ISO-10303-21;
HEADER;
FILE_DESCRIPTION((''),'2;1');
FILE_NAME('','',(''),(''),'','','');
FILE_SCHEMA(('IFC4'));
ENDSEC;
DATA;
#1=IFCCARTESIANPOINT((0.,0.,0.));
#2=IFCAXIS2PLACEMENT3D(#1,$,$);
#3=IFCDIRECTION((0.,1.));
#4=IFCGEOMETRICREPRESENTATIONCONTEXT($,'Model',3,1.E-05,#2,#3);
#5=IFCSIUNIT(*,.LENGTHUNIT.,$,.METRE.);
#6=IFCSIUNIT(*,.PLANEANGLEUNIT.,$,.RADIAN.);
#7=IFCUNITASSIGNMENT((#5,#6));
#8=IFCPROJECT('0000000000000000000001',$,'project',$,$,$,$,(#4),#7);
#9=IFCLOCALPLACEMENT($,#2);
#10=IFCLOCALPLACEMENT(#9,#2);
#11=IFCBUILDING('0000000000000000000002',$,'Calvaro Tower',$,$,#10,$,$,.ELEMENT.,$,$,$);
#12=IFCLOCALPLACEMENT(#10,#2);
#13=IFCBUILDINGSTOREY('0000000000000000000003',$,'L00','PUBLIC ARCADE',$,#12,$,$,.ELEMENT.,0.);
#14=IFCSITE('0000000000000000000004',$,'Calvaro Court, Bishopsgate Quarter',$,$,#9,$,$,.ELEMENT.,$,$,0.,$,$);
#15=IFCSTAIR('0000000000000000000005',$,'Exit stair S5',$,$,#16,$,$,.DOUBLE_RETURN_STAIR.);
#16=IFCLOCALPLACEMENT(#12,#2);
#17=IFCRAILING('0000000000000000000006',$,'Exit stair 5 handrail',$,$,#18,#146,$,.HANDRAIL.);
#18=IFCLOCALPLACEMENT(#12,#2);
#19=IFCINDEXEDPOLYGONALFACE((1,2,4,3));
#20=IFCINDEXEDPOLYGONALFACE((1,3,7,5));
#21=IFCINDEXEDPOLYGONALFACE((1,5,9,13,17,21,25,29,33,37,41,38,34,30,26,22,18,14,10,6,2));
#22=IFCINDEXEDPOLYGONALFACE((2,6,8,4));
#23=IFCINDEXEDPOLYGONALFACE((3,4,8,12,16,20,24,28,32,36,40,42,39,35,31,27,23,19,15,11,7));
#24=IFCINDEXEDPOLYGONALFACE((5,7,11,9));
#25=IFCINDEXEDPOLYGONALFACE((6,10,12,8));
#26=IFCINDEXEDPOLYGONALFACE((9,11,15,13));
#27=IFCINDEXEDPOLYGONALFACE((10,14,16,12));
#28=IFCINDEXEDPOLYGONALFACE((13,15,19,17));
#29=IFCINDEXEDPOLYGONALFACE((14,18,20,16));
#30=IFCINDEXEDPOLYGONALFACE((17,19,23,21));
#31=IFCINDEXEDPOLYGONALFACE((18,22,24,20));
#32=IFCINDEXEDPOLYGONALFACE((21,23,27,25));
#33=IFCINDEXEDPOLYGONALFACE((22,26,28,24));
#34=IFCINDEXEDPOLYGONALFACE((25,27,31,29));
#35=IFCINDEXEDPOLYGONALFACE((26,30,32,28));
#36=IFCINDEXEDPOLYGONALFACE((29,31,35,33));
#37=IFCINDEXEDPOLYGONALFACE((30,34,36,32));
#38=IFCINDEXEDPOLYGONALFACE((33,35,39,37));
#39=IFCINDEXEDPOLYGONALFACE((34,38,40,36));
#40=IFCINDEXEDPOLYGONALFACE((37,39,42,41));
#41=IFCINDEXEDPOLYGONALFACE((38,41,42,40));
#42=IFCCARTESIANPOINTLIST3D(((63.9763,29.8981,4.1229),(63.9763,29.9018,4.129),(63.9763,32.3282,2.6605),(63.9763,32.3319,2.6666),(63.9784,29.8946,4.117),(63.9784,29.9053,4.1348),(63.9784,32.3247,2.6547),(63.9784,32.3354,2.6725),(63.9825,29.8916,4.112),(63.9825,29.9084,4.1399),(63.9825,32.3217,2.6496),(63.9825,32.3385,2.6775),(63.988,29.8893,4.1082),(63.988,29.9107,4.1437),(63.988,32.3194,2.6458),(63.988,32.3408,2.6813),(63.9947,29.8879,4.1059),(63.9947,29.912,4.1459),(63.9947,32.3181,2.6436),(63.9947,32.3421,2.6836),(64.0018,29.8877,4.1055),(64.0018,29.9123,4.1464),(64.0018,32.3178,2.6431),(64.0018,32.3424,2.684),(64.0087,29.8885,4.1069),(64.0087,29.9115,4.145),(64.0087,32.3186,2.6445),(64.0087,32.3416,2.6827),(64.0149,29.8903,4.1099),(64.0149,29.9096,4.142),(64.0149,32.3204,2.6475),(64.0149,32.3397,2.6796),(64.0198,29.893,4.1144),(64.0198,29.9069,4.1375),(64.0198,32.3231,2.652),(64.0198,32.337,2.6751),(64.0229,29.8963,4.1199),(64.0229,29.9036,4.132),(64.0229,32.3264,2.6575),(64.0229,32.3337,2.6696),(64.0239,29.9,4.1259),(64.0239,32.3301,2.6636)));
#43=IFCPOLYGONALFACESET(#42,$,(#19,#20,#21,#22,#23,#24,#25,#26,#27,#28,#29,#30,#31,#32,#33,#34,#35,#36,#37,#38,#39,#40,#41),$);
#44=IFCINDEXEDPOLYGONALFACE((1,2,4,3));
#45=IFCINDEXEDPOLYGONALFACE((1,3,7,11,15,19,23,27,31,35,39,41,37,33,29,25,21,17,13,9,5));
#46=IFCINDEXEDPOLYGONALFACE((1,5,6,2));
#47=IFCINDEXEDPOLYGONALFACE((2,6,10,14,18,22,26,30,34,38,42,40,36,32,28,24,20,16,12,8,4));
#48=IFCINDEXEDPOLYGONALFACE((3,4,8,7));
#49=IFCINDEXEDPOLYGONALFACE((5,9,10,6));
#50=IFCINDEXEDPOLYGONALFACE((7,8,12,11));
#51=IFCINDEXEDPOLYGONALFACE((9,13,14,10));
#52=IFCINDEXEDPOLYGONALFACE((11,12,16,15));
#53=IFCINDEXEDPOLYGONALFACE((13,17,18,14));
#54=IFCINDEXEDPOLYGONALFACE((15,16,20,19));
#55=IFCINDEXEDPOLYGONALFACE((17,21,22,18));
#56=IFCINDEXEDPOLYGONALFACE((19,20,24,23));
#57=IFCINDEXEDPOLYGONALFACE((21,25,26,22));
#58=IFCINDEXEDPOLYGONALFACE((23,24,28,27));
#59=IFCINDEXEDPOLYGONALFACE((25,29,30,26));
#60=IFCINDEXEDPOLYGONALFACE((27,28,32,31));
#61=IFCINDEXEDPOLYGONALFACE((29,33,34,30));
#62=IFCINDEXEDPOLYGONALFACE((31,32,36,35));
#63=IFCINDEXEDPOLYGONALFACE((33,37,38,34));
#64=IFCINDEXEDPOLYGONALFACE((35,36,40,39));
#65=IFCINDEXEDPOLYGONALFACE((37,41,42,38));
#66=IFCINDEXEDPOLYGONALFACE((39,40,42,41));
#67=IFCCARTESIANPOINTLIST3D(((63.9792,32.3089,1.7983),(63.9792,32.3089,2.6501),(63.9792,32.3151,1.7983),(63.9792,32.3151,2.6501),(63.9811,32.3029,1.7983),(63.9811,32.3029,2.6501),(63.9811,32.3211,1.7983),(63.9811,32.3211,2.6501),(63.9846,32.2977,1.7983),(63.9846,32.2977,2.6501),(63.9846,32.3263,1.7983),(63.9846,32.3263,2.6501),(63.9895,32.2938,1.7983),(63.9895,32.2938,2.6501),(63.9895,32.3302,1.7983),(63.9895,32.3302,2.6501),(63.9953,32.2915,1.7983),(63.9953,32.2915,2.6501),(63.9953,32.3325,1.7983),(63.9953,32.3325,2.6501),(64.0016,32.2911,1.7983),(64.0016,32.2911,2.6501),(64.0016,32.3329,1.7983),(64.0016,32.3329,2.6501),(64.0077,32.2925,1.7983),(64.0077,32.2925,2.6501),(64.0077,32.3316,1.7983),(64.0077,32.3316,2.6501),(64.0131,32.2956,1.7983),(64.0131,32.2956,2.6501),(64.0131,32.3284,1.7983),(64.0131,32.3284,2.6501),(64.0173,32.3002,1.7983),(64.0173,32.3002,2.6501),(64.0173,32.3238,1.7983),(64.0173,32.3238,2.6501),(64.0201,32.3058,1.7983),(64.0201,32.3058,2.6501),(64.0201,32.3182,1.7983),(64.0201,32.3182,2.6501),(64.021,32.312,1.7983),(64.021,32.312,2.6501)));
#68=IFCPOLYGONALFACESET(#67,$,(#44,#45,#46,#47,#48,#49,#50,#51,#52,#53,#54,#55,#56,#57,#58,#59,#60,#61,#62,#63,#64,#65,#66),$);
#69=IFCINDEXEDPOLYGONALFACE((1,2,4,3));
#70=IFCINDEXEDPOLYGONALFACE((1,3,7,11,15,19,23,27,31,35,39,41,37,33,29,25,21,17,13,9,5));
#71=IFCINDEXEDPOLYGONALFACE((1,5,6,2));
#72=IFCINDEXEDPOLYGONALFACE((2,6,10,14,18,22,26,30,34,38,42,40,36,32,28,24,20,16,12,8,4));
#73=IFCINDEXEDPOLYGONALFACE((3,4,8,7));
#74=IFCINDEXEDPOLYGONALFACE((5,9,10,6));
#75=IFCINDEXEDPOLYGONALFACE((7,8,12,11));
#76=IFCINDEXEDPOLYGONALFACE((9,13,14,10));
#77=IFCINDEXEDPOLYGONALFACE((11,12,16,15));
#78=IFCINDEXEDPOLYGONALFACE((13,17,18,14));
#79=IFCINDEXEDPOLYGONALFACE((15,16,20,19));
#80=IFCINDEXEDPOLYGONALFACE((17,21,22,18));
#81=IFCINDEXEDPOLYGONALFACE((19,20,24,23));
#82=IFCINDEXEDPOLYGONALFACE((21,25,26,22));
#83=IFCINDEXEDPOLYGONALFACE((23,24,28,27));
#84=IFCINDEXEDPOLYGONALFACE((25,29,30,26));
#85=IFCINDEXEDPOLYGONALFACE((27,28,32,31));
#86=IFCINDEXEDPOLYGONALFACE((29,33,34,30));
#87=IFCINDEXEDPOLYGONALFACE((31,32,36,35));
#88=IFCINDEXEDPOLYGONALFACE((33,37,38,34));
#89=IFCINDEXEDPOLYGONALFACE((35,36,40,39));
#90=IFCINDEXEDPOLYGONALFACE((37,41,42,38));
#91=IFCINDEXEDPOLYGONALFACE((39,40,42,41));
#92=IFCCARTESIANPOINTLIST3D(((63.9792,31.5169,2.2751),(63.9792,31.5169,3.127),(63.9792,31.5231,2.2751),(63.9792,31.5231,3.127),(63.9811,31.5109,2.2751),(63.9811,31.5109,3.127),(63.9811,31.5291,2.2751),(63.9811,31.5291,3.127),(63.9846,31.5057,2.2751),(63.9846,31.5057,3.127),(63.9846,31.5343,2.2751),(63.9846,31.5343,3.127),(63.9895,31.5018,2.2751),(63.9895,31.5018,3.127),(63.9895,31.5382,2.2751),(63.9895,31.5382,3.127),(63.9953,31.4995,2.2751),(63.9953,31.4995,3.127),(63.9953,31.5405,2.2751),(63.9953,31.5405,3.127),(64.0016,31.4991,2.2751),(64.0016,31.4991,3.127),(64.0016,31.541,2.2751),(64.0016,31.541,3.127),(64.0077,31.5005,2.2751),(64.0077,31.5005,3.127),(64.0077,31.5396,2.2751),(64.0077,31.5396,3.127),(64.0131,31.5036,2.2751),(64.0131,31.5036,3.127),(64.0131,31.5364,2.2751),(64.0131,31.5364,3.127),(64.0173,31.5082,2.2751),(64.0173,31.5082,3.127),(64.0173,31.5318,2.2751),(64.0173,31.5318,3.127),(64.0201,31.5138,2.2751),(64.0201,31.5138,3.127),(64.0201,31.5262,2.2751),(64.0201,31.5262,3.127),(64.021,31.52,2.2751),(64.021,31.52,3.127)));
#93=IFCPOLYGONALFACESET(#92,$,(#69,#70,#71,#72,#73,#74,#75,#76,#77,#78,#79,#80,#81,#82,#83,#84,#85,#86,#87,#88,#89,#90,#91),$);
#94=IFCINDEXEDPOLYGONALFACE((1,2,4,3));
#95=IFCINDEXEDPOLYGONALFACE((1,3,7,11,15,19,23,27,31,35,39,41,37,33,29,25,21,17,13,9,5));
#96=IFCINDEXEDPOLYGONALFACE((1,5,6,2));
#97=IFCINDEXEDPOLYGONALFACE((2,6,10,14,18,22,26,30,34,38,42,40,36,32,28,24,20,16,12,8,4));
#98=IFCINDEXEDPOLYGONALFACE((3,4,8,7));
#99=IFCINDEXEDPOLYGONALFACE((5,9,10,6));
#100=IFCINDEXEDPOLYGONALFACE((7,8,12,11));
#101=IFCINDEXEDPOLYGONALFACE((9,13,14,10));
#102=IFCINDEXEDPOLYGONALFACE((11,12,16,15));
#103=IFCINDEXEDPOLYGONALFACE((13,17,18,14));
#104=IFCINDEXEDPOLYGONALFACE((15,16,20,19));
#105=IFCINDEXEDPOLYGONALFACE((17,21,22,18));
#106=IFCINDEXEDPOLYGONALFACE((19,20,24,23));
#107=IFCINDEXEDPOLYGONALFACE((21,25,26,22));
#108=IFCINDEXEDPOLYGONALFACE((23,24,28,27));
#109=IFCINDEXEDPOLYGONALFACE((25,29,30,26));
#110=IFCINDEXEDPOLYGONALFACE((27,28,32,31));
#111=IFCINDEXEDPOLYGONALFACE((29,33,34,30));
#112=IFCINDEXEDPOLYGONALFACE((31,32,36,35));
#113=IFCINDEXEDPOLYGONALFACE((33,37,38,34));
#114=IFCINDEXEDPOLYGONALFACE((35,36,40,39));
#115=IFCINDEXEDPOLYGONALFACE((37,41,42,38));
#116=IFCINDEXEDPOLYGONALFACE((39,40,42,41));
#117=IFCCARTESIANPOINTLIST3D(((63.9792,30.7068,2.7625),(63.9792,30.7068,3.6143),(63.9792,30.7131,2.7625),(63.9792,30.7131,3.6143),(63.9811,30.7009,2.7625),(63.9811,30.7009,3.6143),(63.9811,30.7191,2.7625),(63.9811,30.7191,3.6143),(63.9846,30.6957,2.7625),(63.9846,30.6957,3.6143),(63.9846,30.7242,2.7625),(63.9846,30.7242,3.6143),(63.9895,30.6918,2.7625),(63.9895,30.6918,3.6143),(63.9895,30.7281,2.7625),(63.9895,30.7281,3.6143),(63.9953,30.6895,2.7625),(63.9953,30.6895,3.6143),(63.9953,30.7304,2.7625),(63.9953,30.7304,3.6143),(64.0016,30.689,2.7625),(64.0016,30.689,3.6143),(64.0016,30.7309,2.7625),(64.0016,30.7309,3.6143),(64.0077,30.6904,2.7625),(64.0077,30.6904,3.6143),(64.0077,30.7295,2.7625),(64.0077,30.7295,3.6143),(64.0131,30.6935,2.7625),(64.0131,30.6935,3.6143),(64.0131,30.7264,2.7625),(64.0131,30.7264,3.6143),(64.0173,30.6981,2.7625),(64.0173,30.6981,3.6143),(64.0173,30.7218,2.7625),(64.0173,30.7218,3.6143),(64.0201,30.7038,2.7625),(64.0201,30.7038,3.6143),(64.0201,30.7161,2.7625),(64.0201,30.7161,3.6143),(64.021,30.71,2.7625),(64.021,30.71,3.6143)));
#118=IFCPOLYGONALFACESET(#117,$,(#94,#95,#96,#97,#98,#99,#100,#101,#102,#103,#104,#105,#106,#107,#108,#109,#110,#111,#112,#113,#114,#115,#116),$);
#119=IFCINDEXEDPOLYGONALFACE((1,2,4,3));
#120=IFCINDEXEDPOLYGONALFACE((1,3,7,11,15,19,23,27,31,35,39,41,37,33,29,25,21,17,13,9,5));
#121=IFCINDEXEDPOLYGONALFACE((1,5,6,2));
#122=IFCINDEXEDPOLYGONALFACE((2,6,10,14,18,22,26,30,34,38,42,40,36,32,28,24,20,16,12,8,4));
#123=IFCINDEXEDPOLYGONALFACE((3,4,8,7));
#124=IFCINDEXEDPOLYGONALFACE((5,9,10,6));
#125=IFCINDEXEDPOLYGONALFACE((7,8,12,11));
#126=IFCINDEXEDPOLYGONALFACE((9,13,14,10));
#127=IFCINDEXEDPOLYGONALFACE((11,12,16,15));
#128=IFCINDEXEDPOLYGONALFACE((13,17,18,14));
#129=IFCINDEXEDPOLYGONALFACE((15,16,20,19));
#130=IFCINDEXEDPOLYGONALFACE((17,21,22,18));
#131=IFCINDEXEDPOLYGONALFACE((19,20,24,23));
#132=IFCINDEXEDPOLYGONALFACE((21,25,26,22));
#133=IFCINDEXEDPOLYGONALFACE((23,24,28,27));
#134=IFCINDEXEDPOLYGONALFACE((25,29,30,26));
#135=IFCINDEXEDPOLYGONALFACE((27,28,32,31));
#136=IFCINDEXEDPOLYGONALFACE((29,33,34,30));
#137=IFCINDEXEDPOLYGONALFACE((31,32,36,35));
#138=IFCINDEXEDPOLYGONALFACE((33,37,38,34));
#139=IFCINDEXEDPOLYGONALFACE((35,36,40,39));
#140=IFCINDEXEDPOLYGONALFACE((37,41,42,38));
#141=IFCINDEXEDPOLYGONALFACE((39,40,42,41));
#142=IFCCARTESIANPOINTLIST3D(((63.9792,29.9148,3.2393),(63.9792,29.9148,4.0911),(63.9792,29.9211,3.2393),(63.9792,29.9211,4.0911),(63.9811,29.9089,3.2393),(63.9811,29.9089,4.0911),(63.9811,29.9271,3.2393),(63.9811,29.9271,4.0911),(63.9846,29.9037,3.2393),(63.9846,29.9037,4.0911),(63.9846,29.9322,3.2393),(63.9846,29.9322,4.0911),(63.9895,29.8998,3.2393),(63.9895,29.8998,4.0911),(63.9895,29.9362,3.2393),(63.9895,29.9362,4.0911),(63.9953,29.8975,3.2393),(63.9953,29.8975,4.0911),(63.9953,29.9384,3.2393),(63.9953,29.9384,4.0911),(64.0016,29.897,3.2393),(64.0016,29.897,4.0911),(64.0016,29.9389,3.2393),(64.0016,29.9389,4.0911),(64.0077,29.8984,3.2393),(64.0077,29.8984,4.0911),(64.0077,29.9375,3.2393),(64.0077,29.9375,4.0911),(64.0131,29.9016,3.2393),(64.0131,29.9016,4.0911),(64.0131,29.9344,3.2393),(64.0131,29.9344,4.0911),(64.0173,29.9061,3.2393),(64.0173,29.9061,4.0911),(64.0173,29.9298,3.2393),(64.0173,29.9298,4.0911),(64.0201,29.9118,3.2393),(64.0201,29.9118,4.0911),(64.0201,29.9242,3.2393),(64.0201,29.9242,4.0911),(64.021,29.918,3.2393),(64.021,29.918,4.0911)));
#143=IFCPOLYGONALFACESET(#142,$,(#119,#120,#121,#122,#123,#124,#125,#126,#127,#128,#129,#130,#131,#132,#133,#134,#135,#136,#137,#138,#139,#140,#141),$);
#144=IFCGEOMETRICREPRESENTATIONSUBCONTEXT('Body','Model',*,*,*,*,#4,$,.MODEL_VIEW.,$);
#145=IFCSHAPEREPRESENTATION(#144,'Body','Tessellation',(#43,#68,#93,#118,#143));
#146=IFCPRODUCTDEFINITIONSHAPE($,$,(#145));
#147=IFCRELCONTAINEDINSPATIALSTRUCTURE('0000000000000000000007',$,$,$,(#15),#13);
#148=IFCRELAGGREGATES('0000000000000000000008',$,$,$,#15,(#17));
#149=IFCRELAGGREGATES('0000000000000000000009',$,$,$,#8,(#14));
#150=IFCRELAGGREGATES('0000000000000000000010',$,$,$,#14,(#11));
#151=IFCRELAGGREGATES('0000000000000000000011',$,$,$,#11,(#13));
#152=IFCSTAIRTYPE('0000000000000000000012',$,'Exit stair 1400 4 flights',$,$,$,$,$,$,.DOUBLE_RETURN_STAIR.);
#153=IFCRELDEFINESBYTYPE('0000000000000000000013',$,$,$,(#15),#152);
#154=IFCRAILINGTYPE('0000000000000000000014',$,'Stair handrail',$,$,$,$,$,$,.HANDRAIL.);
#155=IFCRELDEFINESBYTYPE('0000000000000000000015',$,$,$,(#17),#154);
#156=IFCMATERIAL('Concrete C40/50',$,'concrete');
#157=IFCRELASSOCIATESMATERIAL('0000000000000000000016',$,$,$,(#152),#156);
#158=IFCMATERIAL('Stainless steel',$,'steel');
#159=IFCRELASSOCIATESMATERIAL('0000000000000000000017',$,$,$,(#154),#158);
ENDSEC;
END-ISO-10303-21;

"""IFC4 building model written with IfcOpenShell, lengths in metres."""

from ifc_helpers import new_model, si_unit, direction, frame, origin, origin_2d, place, context, subcontext, project, spatial, circle, extrude, material, type_object, element, aggregate, save


model = new_model("IFC4")

# Units and contexts
model_context = context("Model", 3, precision=1e-05, world=origin(), true_north=direction((0.0, 1.0)))
body_context = subcontext(model_context, "Body", "Model", "MODEL_VIEW")
ifc_project = project(units=[si_unit("LENGTHUNIT", "METRE"), si_unit("PLANEANGLEUNIT", "RADIAN")], contexts=[model_context])

# Site, building, storey
site_placement = place(None, origin())
site = spatial("IfcSite", under=ifc_project, at=site_placement, Name="Calvaro Court, Bishopsgate Quarter", CompositionType="ELEMENT", RefElevation=0.0)
building_placement = place(site_placement, origin())
building = spatial("IfcBuilding", under=site, at=building_placement, Name="Calvaro Tower", CompositionType="ELEMENT")
storey_placement = place(building_placement, origin())
storey = spatial("IfcBuildingStorey", under=building, at=storey_placement, Name="L00", Description="PUBLIC ARCADE", CompositionType="ELEMENT", Elevation=0.0)

# Stair
ifc_material_1 = material(Name="Concrete C40/50", Category="concrete")
stair_type = type_object("IfcStairType", Name="Exit stair 1400 4 flights", PredefinedType="DOUBLE_RETURN_STAIR", material=ifc_material_1)
stair_placement = place(storey_placement, origin())
stair = element("IfcStair", 1, at=stair_placement, inside=storey, type_object=stair_type, Name="Exit stair S5", PredefinedType="DOUBLE_RETURN_STAIR")

# Railing
ifc_material_2 = material(Name="Stainless steel", Category="steel")
railing_type_1 = type_object("IfcRailingType", Name="Stair handrail", PredefinedType="HANDRAIL", material=ifc_material_2)
railing_1_placement = place(storey_placement, frame((64.0, 32.3301, 1.7876)))
railing_1 = element("IfcRailing", 2, at=railing_1_placement, type_object=railing_type_1, Name="Exit stair 5 handrail", PredefinedType="HANDRAIL", context=body_context, shape_type="SweptSolid", body=[
    extrude(circle(Radius=0.0239, at=origin_2d()), frame((0.0, 0.0, 0.876), z_axis=(0.0, -0.856824, 0.515609), x_axis=(1.0, 0.0, 0.0)), (0.0, 0.0, 1.0), 2.8362),
    extrude(circle(Radius=0.021, at=origin_2d()), frame((0.0, -0.0181, 0.0107)), (0.0, 0.0, 1.0), 0.8518),
    extrude(circle(Radius=0.021, at=origin_2d()), frame((0.0, -0.8101, 0.4875)), (0.0, 0.0, 1.0), 0.8518),
    extrude(circle(Radius=0.021, at=origin_2d()), frame((0.0, -1.6201, 0.9749)), (0.0, 0.0, 1.0), 0.8518),
    extrude(circle(Radius=0.021, at=origin_2d()), frame((0.0, -2.4121, 1.4517)), (0.0, 0.0, 1.0), 0.8518),
])
aggregate(stair, [railing_1])

save(model, "model.ifc")
